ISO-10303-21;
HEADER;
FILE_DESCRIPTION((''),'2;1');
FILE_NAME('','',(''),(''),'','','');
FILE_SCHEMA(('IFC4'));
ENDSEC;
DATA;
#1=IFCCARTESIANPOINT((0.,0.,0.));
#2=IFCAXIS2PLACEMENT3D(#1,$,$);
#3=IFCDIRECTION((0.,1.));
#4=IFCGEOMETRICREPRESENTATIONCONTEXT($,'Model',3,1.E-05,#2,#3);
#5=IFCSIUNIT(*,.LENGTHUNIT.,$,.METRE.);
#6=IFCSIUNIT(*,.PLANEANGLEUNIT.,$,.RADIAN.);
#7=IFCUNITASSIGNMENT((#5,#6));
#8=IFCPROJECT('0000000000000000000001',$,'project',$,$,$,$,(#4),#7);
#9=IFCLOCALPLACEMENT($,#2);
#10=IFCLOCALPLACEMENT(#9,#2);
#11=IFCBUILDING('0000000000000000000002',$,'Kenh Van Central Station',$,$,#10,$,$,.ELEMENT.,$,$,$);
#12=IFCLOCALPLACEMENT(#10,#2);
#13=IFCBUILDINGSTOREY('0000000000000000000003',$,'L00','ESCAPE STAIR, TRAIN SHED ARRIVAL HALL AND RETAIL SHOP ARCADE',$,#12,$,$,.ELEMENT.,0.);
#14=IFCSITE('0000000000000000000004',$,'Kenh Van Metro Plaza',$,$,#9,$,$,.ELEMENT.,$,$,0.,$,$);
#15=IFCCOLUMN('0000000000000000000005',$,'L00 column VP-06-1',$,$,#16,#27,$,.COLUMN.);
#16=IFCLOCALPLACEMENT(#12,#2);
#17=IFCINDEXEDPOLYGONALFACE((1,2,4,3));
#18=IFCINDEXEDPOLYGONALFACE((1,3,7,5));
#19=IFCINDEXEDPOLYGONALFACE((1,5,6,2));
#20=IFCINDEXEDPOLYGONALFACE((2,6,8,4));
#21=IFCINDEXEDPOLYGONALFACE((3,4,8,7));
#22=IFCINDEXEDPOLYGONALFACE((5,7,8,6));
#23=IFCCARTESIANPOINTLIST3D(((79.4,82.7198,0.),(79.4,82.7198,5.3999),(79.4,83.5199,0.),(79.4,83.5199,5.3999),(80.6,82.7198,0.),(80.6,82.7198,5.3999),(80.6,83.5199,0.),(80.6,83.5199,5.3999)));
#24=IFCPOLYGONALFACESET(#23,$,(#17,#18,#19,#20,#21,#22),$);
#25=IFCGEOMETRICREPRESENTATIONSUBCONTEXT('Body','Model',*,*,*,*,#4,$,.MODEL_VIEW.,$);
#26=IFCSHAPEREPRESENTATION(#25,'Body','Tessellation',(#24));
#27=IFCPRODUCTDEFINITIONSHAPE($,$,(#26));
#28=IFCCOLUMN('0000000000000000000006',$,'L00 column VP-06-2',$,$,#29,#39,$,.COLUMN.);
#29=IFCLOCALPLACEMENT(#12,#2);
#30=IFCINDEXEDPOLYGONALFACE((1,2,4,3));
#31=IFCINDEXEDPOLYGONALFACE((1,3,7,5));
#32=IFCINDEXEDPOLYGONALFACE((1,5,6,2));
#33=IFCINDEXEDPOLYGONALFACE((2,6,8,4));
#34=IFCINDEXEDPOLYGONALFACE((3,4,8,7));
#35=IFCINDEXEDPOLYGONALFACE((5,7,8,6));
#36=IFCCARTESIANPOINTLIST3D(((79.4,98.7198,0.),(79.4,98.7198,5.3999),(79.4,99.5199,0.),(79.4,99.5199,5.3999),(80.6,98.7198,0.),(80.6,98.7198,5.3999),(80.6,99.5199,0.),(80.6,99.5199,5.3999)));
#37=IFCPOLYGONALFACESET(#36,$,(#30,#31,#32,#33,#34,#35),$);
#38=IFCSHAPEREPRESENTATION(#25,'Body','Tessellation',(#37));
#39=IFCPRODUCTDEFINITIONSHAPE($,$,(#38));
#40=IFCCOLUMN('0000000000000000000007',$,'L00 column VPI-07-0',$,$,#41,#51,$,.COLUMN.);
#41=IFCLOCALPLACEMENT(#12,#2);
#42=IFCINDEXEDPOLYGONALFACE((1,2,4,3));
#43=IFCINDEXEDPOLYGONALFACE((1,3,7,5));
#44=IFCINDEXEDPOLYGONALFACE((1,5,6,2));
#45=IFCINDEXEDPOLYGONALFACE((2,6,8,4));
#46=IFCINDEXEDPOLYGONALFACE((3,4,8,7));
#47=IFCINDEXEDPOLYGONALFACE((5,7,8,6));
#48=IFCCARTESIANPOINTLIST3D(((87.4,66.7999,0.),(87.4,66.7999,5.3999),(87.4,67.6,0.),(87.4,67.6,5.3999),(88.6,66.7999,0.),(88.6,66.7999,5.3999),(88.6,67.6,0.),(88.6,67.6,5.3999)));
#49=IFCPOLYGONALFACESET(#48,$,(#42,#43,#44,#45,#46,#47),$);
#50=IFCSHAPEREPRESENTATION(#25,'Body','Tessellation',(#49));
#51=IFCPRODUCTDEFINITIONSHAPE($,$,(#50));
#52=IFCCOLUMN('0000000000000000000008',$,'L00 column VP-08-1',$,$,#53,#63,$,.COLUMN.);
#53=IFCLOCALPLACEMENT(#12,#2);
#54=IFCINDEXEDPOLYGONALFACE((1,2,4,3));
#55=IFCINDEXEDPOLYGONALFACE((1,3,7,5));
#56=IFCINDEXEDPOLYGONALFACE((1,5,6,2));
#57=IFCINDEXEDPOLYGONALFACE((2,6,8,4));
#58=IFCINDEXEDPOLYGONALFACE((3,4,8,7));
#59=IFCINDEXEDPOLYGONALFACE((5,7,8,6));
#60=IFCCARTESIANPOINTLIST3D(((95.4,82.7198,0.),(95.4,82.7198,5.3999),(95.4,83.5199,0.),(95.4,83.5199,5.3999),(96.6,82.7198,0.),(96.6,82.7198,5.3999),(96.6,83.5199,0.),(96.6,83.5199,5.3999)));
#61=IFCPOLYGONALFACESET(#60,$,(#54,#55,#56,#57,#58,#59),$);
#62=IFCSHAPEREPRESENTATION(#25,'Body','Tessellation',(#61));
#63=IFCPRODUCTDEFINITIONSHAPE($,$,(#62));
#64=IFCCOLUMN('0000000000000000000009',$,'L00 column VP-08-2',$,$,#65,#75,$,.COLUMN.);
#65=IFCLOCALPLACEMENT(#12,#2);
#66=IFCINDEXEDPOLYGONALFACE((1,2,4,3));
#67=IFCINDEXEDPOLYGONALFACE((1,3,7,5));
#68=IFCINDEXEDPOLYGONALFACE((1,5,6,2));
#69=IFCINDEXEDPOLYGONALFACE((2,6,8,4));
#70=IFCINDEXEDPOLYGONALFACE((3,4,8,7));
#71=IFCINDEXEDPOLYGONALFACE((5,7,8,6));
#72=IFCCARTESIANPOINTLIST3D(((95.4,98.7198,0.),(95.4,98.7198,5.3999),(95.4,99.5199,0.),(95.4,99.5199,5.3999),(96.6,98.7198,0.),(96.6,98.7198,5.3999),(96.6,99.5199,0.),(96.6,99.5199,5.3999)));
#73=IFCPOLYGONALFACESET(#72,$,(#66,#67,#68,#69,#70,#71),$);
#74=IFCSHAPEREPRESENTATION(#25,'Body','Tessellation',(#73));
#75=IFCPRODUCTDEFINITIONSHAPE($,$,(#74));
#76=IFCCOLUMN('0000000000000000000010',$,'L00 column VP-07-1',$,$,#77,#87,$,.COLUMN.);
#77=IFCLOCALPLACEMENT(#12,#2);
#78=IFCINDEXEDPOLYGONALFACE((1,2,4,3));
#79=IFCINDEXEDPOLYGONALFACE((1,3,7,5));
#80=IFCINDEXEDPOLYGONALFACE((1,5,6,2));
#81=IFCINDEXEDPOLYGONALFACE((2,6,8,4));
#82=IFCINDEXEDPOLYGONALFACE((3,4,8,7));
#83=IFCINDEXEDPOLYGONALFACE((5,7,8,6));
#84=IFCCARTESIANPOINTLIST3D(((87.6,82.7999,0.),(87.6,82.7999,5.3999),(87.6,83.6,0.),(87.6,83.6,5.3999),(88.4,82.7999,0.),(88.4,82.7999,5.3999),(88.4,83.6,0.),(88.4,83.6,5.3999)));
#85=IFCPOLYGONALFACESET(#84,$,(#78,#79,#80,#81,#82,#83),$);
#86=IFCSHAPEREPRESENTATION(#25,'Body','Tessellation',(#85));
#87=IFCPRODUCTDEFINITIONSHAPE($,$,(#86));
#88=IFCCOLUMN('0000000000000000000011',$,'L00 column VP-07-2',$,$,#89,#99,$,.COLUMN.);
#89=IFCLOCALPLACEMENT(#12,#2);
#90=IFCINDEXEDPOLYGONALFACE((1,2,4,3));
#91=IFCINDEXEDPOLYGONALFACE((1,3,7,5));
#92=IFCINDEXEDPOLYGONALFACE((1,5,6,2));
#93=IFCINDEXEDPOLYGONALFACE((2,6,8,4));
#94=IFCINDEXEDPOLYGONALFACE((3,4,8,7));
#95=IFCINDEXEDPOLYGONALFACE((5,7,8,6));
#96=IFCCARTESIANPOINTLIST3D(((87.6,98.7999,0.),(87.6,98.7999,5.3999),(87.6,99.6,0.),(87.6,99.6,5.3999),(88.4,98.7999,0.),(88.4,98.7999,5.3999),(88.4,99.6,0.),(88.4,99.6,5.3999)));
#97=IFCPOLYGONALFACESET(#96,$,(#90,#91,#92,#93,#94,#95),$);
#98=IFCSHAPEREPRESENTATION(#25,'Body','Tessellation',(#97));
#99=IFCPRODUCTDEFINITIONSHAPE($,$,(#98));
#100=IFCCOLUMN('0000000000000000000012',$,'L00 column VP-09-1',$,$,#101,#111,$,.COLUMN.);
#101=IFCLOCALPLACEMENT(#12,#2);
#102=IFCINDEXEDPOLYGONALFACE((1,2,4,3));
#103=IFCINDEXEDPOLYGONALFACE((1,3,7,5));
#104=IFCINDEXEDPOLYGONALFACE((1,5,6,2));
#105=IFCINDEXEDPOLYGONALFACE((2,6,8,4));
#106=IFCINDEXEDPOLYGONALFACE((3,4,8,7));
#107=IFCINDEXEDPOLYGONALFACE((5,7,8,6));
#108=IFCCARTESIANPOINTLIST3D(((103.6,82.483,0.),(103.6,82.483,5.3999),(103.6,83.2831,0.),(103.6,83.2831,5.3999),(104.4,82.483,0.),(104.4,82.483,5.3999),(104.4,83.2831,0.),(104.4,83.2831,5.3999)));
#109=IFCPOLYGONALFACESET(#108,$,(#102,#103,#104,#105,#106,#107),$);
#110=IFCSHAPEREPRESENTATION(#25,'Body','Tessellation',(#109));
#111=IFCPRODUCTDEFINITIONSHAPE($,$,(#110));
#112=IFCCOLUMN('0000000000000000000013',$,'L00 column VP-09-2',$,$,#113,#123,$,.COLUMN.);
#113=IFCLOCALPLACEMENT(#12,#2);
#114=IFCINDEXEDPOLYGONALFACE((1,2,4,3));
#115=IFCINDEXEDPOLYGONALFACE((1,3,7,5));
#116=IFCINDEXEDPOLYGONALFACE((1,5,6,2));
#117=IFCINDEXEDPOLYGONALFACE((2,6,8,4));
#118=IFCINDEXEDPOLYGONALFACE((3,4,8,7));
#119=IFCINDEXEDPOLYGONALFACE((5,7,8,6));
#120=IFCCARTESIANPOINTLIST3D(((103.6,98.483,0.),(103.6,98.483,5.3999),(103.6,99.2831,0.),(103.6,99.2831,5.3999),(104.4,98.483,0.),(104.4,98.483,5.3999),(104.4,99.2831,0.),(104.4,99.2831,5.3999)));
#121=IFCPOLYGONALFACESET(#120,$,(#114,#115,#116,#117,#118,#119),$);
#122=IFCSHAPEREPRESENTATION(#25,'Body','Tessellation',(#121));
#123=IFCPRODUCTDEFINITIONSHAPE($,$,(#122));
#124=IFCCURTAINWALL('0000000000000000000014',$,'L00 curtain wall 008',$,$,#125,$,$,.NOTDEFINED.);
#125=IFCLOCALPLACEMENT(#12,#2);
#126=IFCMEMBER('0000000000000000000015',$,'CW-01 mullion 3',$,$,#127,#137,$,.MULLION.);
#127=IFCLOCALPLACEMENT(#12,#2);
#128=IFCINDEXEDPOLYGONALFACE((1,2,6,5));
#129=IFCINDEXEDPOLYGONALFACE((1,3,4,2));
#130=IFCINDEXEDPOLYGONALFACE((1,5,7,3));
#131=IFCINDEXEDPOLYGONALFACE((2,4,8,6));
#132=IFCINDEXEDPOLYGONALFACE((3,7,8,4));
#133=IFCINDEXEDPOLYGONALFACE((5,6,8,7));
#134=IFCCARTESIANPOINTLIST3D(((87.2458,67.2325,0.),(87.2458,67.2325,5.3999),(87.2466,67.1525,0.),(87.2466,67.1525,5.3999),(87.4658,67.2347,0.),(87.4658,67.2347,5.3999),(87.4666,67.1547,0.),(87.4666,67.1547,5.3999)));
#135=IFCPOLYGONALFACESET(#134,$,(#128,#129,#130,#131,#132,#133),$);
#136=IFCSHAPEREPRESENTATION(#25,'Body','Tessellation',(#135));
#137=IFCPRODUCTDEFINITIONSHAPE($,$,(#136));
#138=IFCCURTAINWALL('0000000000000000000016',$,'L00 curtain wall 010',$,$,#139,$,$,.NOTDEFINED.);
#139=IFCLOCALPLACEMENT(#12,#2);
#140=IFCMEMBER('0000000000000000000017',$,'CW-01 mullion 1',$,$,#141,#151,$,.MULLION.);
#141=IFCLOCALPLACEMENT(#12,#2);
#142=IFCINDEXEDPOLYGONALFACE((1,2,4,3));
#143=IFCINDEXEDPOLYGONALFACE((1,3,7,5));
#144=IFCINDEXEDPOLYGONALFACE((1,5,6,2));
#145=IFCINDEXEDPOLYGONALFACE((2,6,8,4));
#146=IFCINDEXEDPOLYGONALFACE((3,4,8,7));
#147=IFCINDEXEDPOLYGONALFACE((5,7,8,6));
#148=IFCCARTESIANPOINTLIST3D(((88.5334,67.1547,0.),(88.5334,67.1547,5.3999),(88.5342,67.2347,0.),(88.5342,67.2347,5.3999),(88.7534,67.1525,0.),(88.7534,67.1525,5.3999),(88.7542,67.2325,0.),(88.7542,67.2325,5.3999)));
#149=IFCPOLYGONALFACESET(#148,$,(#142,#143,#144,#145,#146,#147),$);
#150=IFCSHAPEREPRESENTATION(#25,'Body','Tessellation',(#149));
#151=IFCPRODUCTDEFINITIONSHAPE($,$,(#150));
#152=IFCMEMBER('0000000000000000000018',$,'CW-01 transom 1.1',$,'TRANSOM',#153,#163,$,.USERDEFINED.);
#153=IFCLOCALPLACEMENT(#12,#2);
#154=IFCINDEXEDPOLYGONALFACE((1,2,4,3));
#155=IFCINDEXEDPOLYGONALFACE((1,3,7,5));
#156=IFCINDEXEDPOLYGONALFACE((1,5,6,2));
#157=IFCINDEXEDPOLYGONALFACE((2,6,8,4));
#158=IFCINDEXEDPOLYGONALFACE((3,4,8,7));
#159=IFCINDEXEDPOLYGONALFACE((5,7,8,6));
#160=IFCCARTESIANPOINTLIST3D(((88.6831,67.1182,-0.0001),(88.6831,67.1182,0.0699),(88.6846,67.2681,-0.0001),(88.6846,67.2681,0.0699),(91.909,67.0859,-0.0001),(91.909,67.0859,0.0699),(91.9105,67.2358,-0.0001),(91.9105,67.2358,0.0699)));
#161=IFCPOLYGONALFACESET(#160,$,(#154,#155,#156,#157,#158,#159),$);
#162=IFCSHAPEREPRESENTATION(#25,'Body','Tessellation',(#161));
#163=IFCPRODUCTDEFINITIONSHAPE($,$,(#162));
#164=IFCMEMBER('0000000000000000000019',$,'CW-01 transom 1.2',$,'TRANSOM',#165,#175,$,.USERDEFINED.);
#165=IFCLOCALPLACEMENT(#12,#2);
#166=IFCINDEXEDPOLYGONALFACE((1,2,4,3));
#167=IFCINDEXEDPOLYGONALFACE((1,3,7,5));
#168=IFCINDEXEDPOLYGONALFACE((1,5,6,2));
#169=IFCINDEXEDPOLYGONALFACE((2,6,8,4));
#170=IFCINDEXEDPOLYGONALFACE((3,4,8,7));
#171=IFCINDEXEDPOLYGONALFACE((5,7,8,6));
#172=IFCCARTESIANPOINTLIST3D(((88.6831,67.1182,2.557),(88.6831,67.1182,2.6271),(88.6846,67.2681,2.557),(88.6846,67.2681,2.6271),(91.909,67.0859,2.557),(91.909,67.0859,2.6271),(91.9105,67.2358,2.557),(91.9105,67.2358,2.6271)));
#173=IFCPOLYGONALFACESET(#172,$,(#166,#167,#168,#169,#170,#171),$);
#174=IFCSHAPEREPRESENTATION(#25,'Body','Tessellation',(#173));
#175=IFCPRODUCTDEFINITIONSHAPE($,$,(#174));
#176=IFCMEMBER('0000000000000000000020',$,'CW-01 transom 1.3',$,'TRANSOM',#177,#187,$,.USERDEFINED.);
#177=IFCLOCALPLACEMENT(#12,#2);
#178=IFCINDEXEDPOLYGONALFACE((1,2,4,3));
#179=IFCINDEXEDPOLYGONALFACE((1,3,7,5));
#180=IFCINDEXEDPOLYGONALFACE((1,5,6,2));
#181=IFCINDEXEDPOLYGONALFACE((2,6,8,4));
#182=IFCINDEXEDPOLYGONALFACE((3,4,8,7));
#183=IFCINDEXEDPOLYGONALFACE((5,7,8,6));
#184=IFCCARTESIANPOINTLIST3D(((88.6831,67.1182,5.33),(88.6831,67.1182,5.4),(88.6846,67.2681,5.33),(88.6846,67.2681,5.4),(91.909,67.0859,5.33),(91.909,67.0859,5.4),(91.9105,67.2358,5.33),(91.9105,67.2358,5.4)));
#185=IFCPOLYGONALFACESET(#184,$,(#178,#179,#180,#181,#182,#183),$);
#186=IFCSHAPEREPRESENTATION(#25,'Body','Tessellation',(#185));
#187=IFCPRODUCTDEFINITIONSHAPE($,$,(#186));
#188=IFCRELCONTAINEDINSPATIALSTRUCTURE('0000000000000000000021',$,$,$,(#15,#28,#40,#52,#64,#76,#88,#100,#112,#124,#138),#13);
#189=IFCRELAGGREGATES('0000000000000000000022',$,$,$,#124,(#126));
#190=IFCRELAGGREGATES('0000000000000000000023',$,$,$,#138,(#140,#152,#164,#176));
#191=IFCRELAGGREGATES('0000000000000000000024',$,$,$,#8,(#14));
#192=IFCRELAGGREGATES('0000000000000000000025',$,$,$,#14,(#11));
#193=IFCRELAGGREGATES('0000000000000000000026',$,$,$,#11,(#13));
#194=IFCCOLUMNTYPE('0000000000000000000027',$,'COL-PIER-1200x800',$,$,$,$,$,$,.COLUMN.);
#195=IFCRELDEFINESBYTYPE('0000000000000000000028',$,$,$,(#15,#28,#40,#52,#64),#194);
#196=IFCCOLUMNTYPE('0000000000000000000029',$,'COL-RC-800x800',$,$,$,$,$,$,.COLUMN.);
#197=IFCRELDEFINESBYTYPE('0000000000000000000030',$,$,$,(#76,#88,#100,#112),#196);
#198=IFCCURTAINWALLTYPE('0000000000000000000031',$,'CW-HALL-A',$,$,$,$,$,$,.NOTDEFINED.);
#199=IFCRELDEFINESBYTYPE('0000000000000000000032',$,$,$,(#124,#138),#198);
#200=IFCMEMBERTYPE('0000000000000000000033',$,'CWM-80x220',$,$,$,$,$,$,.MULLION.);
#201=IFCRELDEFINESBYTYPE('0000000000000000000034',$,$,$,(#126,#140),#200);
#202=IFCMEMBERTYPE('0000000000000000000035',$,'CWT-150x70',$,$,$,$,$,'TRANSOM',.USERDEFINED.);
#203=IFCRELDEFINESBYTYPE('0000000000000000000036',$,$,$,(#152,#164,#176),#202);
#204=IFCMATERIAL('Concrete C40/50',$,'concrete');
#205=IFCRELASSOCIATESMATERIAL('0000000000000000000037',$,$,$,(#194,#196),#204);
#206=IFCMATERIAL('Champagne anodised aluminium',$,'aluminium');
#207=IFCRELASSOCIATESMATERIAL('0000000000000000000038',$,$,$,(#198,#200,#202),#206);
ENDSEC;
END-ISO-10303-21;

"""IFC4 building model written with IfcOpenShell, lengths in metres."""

from ifc_helpers import new_model, si_unit, direction, frame, origin, origin_2d, place, context, subcontext, project, spatial, rectangle, extrude, material, material_profile, profile_set, type_object, element, aggregate, save


model = new_model("IFC4")

# Units and contexts
model_context = context("Model", 3, precision=1e-05, world=origin(), true_north=direction((0.0, 1.0)))
body_context = subcontext(model_context, "Body", "Model", "MODEL_VIEW")
ifc_project = project(units=[si_unit("LENGTHUNIT", "METRE"), si_unit("PLANEANGLEUNIT", "RADIAN")], contexts=[model_context])

# Site, building, storey
site_placement = place(None, origin())
site = spatial("IfcSite", under=ifc_project, at=site_placement, Name="Kenh Van Metro Plaza", CompositionType="ELEMENT", RefElevation=0.0)
building_placement = place(site_placement, origin())
building = spatial("IfcBuilding", under=site, at=building_placement, Name="Kenh Van Central Station", CompositionType="ELEMENT")
storey_placement = place(building_placement, origin())
storey = spatial("IfcBuildingStorey", under=building, at=storey_placement, Name="L00", Description="ESCAPE STAIR, TRAIN SHED ARRIVAL HALL AND RETAIL SHOP ARCADE", CompositionType="ELEMENT", Elevation=0.0)

# Columns
ifc_material_1 = material(Name="Concrete C40/50", Category="concrete")
ifc_material_profile_1 = material_profile(ifc_material_1, rectangle(XDim=1.2, YDim=0.8, at=origin_2d()), Name="RC 1200x800")
ifc_profile_set_1 = profile_set([ifc_material_profile_1], Name="Concrete C40/50")
column_type_1 = type_object("IfcColumnType", Name="COL-PIER-1200x800", PredefinedType="COLUMN", material=ifc_profile_set_1)
for number, where, z_axis, x_axis, name in (
    (1, (80.0, 83.1199, 0.0), (0.0, 0.0, 1.0), (1.0, 0.0, 0.0), "L00 column VP-06-1"),
    (2, (80.0, 99.1199, 0.0), (0.0, 0.0, 1.0), (1.0, 0.0, 0.0), "L00 column VP-06-2"),
    (3, (88.0, 67.2, 0.0), (0.0, 0.0, 1.0), (1.0, 0.0, 0.0), "L00 column VPI-07-0"),
    (4, (96.0, 83.1199, 0.0), (0.0, 0.0, 1.0), (1.0, 0.0, 0.0), "L00 column VP-08-1"),
    (5, (96.0, 99.1199, 0.0), (0.0, 0.0, 1.0), (1.0, 0.0, 0.0), "L00 column VP-08-2"),
):
    element("IfcColumn", number, at=place(storey_placement, frame(where, z_axis=z_axis, x_axis=x_axis)), inside=storey, type_object=column_type_1, Name=name, PredefinedType="COLUMN", context=body_context, shape_type="SweptSolid", body=[
        extrude(rectangle(XDim=1.2, YDim=0.8, at=origin_2d()), origin(), (0.0, 0.0, 1.0), 5.3999),
    ])
ifc_material_profile_2 = material_profile(ifc_material_1, rectangle(XDim=0.8, YDim=0.8, at=origin_2d()), Name="RC 800x800")
ifc_profile_set_2 = profile_set([ifc_material_profile_2], Name="Concrete C40/50")
column_type_2 = type_object("IfcColumnType", Name="COL-RC-800x800", PredefinedType="COLUMN", material=ifc_profile_set_2)
for number, where, z_axis, x_axis, name in (
    (6, (88.0, 83.2, 0.0), (0.0, 0.0, 1.0), (1.0, 0.0, 0.0), "L00 column VP-07-1"),
    (7, (88.0, 99.2, 0.0), (0.0, 0.0, 1.0), (1.0, 0.0, 0.0), "L00 column VP-07-2"),
    (8, (104.0, 82.8831, 0.0), (0.0, 0.0, 1.0), (1.0, 0.0, 0.0), "L00 column VP-09-1"),
    (9, (104.0, 98.8831, 0.0), (0.0, 0.0, 1.0), (1.0, 0.0, 0.0), "L00 column VP-09-2"),
):
    element("IfcColumn", number, at=place(storey_placement, frame(where, z_axis=z_axis, x_axis=x_axis)), inside=storey, type_object=column_type_2, Name=name, PredefinedType="COLUMN", context=body_context, shape_type="SweptSolid", body=[
        extrude(rectangle(XDim=0.8, YDim=0.8, at=origin_2d()), origin(), (0.0, 0.0, 1.0), 5.3999),
    ])

# Curtain wall, member
ifc_material_2 = material(Name="Champagne anodised aluminium", Category="aluminium")
curtain_wall_type = type_object("IfcCurtainWallType", Name="CW-HALL-A", PredefinedType="NOTDEFINED", material=ifc_material_2)
curtain_wall_1_placement = place(storey_placement, origin())
curtain_wall_1 = element("IfcCurtainWall", 10, at=curtain_wall_1_placement, inside=storey, type_object=curtain_wall_type, Name="L00 curtain wall 008", PredefinedType="NOTDEFINED")
ifc_material_profile_3 = material_profile(ifc_material_2, rectangle(XDim=0.0801, YDim=0.22, at=origin_2d()), Name="AL 80x220")
ifc_profile_set_3 = profile_set([ifc_material_profile_3], Name="Champagne anodised aluminium")
member_type_1 = type_object("IfcMemberType", Name="CWM-80x220", PredefinedType="MULLION", material=ifc_profile_set_3)
member_1_placement = place(storey_placement, frame((87.3562, 67.1936, 0.0), z_axis=(0.0, 0.0, 1.0), x_axis=(-0.010012, 0.99995, 0.0)))
member_1 = element("IfcMember", 11, at=member_1_placement, type_object=member_type_1, Name="CW-01 mullion 3", PredefinedType="MULLION", context=body_context, shape_type="SweptSolid", body=[
    extrude(rectangle(XDim=0.0801, YDim=0.22, at=origin_2d()), origin(), (0.0, 0.0, 1.0), 5.3999),
])
aggregate(curtain_wall_1, [member_1])

# Curtain wall, members
curtain_wall_2_placement = place(storey_placement, origin())
curtain_wall_2 = element("IfcCurtainWall", 12, at=curtain_wall_2_placement, inside=storey, type_object=curtain_wall_type, Name="L00 curtain wall 010", PredefinedType="NOTDEFINED")
member_2_placement = place(storey_placement, frame((88.6438, 67.1936, 0.0), z_axis=(0.0, 0.0, 1.0), x_axis=(0.010012, 0.99995, 0.0)))
member_2 = element("IfcMember", 13, at=member_2_placement, type_object=member_type_1, Name="CW-01 mullion 1", PredefinedType="MULLION", context=body_context, shape_type="SweptSolid", body=[
    extrude(rectangle(XDim=0.0801, YDim=0.22, at=origin_2d()), origin(), (0.0, 0.0, 1.0), 5.3999),
])
ifc_material_profile_4 = material_profile(ifc_material_2, rectangle(XDim=0.1499, YDim=0.0701, at=origin_2d()), Name="AL 150x70")
ifc_profile_set_4 = profile_set([ifc_material_profile_4], Name="Champagne anodised aluminium")
member_type_2 = type_object("IfcMemberType", Name="CWT-150x70", ElementType="TRANSOM", PredefinedType="USERDEFINED", material=ifc_profile_set_4)
member_3_placement = place(storey_placement, frame((88.6838, 67.1931, 0.0349), z_axis=(0.99995, -0.00999, 0.0), x_axis=(0.00999, 0.99995, 0.0)))
member_3 = element("IfcMember", 14, at=member_3_placement, type_object=member_type_2, Name="CW-01 transom 1.1", ObjectType="TRANSOM", PredefinedType="USERDEFINED", context=body_context, shape_type="SweptSolid", body=[
    extrude(rectangle(XDim=0.1499, YDim=0.0701, at=origin_2d()), origin(), (0.0, 0.0, 1.0), 3.2261),
])
member_4_placement = place(storey_placement, frame((88.6838, 67.1931, 2.592), z_axis=(0.99995, -0.00999, 0.0), x_axis=(0.00999, 0.99995, 0.0)))
member_4 = element("IfcMember", 15, at=member_4_placement, type_object=member_type_2, Name="CW-01 transom 1.2", ObjectType="TRANSOM", PredefinedType="USERDEFINED", context=body_context, shape_type="SweptSolid", body=[
    extrude(rectangle(XDim=0.1499, YDim=0.0701, at=origin_2d()), origin(), (0.0, 0.0, 1.0), 3.2261),
])
member_5_placement = place(storey_placement, frame((88.6838, 67.1931, 5.365), z_axis=(0.99995, -0.00999, 0.0), x_axis=(0.00999, 0.99995, 0.0)))
member_5 = element("IfcMember", 16, at=member_5_placement, type_object=member_type_2, Name="CW-01 transom 1.3", ObjectType="TRANSOM", PredefinedType="USERDEFINED", context=body_context, shape_type="SweptSolid", body=[
    extrude(rectangle(XDim=0.1499, YDim=0.0701, at=origin_2d()), origin(), (0.0, 0.0, 1.0), 3.2261),
])

aggregate(curtain_wall_2, [member_2, member_3, member_4, member_5])

save(model, "model.ifc")
